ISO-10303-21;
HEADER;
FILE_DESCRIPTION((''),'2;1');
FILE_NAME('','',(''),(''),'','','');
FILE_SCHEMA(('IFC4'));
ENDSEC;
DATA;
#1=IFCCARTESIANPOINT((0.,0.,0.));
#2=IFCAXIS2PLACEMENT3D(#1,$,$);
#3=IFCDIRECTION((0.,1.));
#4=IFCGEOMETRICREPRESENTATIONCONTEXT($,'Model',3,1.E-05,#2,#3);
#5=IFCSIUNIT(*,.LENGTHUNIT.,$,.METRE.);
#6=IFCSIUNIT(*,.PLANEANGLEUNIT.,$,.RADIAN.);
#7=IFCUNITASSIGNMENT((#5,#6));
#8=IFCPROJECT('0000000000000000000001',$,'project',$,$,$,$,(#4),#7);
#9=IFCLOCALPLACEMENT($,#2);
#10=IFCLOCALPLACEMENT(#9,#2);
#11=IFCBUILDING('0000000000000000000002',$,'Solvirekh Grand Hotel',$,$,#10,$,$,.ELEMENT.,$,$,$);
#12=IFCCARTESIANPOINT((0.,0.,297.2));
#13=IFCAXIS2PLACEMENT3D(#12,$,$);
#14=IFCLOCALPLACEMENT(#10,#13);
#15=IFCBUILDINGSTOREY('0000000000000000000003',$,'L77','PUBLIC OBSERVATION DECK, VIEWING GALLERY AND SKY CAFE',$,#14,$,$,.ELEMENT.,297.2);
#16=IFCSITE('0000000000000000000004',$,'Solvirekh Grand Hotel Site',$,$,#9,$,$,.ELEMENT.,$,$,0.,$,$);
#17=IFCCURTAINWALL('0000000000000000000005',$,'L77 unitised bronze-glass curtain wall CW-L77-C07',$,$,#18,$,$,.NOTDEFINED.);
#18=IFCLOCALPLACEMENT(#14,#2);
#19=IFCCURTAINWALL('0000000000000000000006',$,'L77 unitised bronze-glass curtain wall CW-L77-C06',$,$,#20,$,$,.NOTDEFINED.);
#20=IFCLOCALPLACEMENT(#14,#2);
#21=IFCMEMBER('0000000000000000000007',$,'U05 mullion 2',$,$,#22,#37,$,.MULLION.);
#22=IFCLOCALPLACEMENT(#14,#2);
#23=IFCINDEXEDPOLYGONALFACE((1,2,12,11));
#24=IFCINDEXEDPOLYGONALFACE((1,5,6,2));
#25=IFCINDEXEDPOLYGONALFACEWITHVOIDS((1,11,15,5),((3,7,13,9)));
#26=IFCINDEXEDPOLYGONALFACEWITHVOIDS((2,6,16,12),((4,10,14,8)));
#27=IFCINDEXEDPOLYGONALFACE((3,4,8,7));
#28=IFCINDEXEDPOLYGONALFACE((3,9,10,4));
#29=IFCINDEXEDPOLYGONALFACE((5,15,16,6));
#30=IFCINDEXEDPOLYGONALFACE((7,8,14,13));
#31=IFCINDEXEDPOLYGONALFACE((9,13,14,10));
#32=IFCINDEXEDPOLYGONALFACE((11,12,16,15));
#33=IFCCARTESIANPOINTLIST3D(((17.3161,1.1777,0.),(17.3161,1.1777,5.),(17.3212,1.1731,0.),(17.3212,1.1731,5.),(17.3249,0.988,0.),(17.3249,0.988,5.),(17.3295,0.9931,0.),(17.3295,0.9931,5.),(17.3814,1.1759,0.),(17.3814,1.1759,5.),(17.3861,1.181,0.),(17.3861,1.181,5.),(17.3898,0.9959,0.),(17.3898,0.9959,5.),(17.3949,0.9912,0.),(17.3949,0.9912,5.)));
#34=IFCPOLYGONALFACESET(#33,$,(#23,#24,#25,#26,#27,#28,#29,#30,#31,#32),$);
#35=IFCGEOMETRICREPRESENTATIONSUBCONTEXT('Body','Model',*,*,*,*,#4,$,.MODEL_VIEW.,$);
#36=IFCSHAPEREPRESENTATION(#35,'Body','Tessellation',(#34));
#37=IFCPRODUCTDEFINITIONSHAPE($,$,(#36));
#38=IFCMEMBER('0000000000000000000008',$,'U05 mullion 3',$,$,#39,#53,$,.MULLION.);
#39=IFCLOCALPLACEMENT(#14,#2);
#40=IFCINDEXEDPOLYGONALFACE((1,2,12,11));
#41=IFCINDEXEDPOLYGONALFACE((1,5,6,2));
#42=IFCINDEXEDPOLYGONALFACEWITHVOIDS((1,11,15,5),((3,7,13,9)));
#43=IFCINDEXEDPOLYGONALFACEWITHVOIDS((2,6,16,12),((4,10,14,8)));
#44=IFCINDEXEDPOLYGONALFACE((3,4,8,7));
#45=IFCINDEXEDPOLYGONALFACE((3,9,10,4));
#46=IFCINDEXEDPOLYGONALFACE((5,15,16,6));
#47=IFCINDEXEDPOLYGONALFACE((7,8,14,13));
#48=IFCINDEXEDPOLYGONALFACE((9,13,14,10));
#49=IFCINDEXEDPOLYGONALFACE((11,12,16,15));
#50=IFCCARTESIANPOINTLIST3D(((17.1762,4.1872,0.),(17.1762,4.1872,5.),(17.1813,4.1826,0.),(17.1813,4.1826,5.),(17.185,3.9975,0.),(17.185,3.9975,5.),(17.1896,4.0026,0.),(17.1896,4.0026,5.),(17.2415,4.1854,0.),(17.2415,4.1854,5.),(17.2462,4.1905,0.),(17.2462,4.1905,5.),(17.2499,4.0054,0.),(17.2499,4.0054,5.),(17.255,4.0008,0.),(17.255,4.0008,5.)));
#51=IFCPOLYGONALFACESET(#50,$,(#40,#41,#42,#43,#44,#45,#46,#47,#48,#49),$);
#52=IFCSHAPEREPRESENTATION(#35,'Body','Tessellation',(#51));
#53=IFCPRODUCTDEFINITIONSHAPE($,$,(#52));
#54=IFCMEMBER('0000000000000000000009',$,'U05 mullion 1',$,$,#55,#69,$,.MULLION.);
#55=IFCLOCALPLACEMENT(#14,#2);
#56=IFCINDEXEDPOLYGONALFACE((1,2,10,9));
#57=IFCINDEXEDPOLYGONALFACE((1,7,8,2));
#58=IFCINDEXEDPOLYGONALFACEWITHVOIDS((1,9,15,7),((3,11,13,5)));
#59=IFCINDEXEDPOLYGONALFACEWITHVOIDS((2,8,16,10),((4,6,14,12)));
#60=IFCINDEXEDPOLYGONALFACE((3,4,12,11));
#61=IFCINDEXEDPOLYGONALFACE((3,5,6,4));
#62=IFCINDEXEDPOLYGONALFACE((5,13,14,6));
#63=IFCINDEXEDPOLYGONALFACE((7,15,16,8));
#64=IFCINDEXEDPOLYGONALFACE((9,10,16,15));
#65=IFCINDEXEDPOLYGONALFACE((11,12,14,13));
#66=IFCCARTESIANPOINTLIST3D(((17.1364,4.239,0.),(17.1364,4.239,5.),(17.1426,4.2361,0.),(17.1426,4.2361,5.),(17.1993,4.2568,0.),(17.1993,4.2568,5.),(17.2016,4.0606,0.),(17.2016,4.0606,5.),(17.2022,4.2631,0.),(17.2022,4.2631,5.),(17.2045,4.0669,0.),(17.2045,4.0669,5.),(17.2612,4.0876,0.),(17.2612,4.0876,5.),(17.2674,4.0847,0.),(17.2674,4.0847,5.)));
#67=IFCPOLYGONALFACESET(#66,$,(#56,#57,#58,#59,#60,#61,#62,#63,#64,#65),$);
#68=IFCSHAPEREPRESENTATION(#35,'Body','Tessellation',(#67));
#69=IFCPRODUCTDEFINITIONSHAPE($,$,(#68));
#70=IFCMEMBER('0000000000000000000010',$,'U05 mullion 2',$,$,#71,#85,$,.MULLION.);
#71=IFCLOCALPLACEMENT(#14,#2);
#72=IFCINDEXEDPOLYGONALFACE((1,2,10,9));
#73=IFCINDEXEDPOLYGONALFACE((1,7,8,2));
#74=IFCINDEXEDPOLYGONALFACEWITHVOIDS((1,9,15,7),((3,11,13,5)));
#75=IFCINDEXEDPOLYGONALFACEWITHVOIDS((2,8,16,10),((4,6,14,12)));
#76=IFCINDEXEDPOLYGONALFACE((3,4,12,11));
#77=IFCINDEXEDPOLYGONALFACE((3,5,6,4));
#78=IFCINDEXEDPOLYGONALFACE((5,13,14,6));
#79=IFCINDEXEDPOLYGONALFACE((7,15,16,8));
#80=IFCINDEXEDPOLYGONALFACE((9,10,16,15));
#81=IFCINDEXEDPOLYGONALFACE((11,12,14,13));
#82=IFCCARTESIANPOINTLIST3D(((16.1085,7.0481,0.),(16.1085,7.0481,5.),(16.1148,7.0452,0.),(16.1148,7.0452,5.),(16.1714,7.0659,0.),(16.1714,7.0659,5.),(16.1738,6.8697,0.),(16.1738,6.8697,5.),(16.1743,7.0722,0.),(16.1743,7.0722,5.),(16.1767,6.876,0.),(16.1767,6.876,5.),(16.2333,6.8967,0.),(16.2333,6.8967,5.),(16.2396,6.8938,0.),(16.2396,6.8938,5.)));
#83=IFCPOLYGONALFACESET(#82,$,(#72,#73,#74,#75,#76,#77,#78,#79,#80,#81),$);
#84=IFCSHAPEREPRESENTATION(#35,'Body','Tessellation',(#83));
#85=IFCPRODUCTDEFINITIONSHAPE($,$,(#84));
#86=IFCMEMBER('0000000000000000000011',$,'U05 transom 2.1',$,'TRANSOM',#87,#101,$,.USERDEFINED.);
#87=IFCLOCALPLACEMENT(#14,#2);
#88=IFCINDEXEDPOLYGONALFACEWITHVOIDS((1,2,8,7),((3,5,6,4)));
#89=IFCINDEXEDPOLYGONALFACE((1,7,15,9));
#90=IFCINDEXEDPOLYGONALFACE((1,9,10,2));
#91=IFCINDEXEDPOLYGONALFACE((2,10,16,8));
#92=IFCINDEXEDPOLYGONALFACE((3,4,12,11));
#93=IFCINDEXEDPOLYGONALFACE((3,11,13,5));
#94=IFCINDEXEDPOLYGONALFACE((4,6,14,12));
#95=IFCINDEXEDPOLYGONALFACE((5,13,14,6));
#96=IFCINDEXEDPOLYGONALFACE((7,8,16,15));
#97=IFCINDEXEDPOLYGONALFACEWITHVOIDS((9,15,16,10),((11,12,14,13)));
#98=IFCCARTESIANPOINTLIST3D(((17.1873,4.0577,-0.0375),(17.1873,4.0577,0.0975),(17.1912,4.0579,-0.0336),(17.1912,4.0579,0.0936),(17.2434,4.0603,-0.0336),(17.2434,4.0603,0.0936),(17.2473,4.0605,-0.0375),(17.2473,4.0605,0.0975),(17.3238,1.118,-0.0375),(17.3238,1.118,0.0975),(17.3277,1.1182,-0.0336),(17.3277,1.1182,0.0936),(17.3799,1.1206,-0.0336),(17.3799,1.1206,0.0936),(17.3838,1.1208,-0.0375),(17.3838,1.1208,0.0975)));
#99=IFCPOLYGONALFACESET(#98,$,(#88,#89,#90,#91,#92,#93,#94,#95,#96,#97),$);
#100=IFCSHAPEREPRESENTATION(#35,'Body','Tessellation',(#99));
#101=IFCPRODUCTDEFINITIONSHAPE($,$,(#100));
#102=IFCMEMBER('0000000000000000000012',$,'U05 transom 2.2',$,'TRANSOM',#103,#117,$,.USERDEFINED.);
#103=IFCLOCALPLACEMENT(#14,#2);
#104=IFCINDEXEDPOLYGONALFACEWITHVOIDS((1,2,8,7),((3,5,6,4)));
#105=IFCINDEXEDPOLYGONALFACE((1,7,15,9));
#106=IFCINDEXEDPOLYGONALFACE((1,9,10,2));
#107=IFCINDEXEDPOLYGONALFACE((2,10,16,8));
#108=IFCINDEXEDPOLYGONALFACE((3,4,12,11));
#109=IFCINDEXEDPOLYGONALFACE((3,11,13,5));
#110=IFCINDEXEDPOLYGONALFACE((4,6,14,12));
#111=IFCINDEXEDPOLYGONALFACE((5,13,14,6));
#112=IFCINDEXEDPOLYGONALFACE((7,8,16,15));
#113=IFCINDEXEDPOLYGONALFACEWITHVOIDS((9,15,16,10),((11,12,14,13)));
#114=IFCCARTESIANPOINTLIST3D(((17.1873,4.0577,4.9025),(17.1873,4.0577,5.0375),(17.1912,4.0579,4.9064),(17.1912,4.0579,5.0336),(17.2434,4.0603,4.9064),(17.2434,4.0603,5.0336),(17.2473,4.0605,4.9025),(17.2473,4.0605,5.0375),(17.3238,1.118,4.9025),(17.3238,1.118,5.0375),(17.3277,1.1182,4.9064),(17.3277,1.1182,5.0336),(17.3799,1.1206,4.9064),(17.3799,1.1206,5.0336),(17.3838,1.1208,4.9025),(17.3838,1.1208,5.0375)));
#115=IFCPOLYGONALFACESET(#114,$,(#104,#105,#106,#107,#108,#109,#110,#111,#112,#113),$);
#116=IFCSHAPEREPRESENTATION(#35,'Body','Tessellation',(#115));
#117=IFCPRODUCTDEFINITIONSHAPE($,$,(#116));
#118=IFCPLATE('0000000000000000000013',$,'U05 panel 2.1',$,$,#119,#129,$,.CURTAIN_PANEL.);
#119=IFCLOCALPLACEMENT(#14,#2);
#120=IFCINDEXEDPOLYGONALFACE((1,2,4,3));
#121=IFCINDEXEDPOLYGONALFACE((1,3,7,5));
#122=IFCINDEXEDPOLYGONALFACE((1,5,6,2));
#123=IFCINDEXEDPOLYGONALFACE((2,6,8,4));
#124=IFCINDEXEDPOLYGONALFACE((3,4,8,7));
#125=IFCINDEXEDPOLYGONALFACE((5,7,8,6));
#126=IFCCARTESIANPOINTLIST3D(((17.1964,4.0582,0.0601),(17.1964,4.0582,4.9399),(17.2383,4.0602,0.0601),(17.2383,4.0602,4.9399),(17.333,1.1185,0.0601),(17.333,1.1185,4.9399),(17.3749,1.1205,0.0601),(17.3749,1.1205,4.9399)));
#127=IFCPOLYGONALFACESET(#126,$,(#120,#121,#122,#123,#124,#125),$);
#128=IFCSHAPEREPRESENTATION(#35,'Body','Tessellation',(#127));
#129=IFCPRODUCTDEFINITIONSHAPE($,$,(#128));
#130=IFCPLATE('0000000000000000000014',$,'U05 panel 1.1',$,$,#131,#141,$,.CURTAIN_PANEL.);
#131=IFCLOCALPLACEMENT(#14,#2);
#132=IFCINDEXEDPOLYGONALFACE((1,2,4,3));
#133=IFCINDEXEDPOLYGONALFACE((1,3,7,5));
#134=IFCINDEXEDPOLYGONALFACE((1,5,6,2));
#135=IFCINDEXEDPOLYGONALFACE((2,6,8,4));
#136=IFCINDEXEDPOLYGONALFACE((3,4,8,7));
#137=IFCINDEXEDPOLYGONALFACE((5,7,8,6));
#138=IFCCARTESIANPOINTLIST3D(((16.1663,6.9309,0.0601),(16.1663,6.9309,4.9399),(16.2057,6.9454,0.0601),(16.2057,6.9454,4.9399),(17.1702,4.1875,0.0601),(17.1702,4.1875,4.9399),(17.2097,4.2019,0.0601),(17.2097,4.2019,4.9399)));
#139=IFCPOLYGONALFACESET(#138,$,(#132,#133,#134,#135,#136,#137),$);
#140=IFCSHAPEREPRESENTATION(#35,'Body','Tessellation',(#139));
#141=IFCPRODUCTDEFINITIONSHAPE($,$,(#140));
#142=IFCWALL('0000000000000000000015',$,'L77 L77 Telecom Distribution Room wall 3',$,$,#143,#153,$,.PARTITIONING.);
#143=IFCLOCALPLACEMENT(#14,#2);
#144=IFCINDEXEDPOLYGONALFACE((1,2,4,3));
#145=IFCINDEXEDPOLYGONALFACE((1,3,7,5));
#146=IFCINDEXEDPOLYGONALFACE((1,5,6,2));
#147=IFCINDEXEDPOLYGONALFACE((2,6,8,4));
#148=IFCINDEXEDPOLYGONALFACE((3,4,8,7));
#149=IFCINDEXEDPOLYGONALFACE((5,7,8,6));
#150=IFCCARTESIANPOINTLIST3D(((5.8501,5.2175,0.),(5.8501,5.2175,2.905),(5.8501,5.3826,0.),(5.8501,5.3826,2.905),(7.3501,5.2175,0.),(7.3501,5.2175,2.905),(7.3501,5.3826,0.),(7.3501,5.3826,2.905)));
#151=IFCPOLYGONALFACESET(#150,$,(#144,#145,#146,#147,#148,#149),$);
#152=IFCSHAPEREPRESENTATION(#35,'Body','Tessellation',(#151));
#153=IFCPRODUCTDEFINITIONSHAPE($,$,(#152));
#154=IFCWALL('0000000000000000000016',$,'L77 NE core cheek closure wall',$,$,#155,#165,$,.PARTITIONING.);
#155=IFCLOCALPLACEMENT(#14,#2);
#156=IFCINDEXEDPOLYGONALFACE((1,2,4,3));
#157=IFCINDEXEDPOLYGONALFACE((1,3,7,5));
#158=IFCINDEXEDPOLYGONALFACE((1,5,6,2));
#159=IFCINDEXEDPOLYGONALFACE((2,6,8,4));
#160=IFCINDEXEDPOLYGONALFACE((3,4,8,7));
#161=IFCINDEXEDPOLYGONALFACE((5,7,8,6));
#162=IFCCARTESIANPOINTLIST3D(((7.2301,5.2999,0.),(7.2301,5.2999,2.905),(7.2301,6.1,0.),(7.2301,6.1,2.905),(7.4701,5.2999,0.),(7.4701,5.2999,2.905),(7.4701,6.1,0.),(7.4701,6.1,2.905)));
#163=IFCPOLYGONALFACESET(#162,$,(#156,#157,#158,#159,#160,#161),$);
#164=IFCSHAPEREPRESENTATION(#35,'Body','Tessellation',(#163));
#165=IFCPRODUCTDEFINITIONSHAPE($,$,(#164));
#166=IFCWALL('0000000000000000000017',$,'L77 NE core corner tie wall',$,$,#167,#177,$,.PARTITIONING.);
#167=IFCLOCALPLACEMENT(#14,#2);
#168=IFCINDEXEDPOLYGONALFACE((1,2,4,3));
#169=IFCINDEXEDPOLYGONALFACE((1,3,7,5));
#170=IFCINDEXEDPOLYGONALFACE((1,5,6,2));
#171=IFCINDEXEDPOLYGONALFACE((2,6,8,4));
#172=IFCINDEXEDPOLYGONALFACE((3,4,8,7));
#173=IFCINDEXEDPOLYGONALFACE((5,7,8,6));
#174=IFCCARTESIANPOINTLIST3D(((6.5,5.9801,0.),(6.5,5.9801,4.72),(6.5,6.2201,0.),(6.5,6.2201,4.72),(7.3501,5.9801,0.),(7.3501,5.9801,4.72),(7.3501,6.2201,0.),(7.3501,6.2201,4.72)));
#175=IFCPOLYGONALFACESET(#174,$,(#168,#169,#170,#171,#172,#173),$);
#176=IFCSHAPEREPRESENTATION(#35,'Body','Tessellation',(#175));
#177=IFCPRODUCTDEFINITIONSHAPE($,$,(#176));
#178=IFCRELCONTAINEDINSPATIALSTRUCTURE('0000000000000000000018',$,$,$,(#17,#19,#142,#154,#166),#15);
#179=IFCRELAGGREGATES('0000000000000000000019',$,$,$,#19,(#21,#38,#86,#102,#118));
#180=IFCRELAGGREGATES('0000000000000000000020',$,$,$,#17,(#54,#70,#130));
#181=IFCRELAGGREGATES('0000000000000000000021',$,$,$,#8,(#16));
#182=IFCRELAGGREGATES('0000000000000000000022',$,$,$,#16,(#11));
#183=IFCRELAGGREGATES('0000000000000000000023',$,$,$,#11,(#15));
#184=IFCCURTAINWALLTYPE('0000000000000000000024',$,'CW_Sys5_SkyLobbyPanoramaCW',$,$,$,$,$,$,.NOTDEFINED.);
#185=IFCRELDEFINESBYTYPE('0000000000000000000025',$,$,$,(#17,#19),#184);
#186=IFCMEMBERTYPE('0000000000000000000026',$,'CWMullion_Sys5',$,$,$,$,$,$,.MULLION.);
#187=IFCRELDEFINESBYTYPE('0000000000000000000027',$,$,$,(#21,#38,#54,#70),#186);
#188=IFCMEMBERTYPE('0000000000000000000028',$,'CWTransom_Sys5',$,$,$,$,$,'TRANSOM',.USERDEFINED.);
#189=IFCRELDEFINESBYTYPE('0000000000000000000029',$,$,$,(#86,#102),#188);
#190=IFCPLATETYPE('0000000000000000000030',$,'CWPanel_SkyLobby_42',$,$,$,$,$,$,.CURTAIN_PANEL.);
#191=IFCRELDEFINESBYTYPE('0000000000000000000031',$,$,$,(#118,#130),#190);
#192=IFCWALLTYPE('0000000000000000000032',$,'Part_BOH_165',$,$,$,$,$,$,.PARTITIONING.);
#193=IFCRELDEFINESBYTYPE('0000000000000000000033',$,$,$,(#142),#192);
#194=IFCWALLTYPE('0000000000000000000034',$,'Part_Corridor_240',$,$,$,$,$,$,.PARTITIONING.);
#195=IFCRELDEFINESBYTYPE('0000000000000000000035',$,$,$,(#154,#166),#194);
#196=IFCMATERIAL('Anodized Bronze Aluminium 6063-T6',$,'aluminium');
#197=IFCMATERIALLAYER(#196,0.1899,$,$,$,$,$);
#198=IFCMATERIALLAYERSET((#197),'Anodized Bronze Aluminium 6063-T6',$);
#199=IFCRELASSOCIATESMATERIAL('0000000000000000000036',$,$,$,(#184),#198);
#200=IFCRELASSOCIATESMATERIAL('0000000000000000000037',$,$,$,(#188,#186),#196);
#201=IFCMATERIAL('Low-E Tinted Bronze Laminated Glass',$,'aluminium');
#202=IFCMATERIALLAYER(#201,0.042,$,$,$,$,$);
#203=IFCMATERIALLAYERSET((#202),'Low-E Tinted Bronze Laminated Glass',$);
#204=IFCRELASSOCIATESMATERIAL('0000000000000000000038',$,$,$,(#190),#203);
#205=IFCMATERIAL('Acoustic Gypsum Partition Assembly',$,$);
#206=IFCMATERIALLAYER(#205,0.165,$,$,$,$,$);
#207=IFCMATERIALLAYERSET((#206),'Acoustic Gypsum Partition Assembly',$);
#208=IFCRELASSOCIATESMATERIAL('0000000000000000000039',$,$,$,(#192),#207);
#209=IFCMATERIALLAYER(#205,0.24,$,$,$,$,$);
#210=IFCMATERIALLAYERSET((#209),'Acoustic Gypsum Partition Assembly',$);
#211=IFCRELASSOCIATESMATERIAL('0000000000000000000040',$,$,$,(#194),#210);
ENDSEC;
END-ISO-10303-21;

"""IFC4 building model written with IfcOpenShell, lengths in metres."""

from ifc_helpers import new_model, si_unit, direction, frame, frame_2d, origin, origin_2d, place, context, subcontext, project, spatial, rectangle, hollow_rectangle, extrude, source, transform, mapped, material, layer, layer_set, material_profile, profile_set, type_object, element, aggregate, save


model = new_model("IFC4")

# Units and contexts
model_context = context("Model", 3, precision=1e-05, world=origin(), true_north=direction((0.0, 1.0)))
body_context = subcontext(model_context, "Body", "Model", "MODEL_VIEW")
ifc_project = project(units=[si_unit("LENGTHUNIT", "METRE"), si_unit("PLANEANGLEUNIT", "RADIAN")], contexts=[model_context])

# Site, building, storey
site_placement = place(None, origin())
site = spatial("IfcSite", under=ifc_project, at=site_placement, Name="Solvirekh Grand Hotel Site", CompositionType="ELEMENT", RefElevation=0.0)
building_placement = place(site_placement, origin())
building = spatial("IfcBuilding", under=site, at=building_placement, Name="Solvirekh Grand Hotel", CompositionType="ELEMENT")
storey_placement = place(building_placement, frame((0.0, 0.0, 297.2)))
storey = spatial("IfcBuildingStorey", under=building, at=storey_placement, Name="L77", Description="PUBLIC OBSERVATION DECK, VIEWING GALLERY AND SKY CAFE", CompositionType="ELEMENT", Elevation=297.2)

# Curtain walls, members
ifc_material_1 = material(Name="Anodized Bronze Aluminium 6063-T6", Category="aluminium")
ifc_layer_1 = layer(ifc_material_1, 0.1899)
ifc_layer_set_1 = layer_set([ifc_layer_1], Name="Anodized Bronze Aluminium 6063-T6")
curtain_wall_type = type_object("IfcCurtainWallType", Name="CW_Sys5_SkyLobbyPanoramaCW", PredefinedType="NOTDEFINED", material=ifc_layer_set_1)
curtain_wall_1_placement = place(storey_placement, origin())
curtain_wall_1 = element("IfcCurtainWall", 1, at=curtain_wall_1_placement, inside=storey, type_object=curtain_wall_type, Name="L77 unitised bronze-glass curtain wall CW-L77-C07", PredefinedType="NOTDEFINED")
ifc_material_profile_1 = material_profile(ifc_material_1, hollow_rectangle(XDim=0.0601, YDim=0.135, WallThickness=0.0039, at=origin_2d()), Name="ALU RHS 135X60X4")
ifc_profile_set_1 = profile_set([ifc_material_profile_1], Name="Anodized Bronze Aluminium 6063-T6")
member_type_1 = type_object("IfcMemberType", Name="CWTransom_Sys5", ElementType="TRANSOM", PredefinedType="USERDEFINED", material=ifc_profile_set_1)
curtain_wall_2_placement = place(storey_placement, origin())
curtain_wall_2 = element("IfcCurtainWall", 2, at=curtain_wall_2_placement, inside=storey, type_object=curtain_wall_type, Name="L77 unitised bronze-glass curtain wall CW-L77-C06", PredefinedType="NOTDEFINED")
ifc_material_profile_2 = material_profile(ifc_material_1, hollow_rectangle(XDim=0.0701, YDim=0.1899, WallThickness=0.0049, at=origin_2d()), Name="ALU RHS 190X70X5")
ifc_profile_set_2 = profile_set([ifc_material_profile_2], Name="Anodized Bronze Aluminium 6063-T6")
member_type_2 = type_object("IfcMemberType", Name="CWMullion_Sys5", PredefinedType="MULLION", material=ifc_profile_set_2)
shared_shape_1 = source(origin(), body_context, "Body", "SweptSolid", [
    extrude(hollow_rectangle(XDim=0.0701, YDim=0.1899, WallThickness=0.0049, at=origin_2d()), origin(), (0.0, 0.0, 1.0), 5.0),
])
member_1_placement = place(storey_placement, frame((17.3555, 1.0845, 0.0), z_axis=(0.0, 0.0, 1.0), x_axis=(-0.998922, -0.046427, 0.0)))
member_1 = element("IfcMember", 3, at=member_1_placement, type_object=member_type_2, Name="U05 mullion 2", PredefinedType="MULLION", context=body_context, shape_type="MappedRepresentation", body=[
    mapped(shared_shape_1, transform((0.0, 0.0, 0.0), x_axis=(1.0, 0.0, 0.0), y_axis=(0.0, 1.0, 0.0), z_axis=(0.0, 0.0, 1.0), scale=1.0)),
])
member_2_placement = place(storey_placement, frame((17.2156, 4.094, 0.0), z_axis=(0.0, 0.0, 1.0), x_axis=(-0.998922, -0.046427, 0.0)))
member_2 = element("IfcMember", 4, at=member_2_placement, type_object=member_type_2, Name="U05 mullion 3", PredefinedType="MULLION", context=body_context, shape_type="MappedRepresentation", body=[
    mapped(shared_shape_1, transform((0.0, 0.0, 0.0), x_axis=(1.0, 0.0, 0.0), y_axis=(0.0, 1.0, 0.0), z_axis=(0.0, 0.0, 1.0), scale=1.0)),
])

# Members
member_3_placement = place(storey_placement, frame((17.2019, 4.1619, 0.0), z_axis=(0.0, 0.0, 1.0), x_axis=(-0.939097, -0.343653, 0.0)))
member_3 = element("IfcMember", 5, at=member_3_placement, type_object=member_type_2, Name="U05 mullion 1", PredefinedType="MULLION", context=body_context, shape_type="MappedRepresentation", body=[
    mapped(shared_shape_1, transform((0.0, 0.0, 0.0), x_axis=(1.0, 0.0, 0.0), y_axis=(0.0, 1.0, 0.0), z_axis=(0.0, 0.0, 1.0), scale=1.0)),
])
member_4_placement = place(storey_placement, frame((16.1741, 6.9709, 0.0), z_axis=(0.0, 0.0, 1.0), x_axis=(-0.939097, -0.343653, 0.0)))
member_4 = element("IfcMember", 6, at=member_4_placement, type_object=member_type_2, Name="U05 mullion 2", PredefinedType="MULLION", context=body_context, shape_type="MappedRepresentation", body=[
    mapped(shared_shape_1, transform((0.0, 0.0, 0.0), x_axis=(1.0, 0.0, 0.0), y_axis=(0.0, 1.0, 0.0), z_axis=(0.0, 0.0, 1.0), scale=1.0)),
])
shared_shape_2 = source(origin(), body_context, "Body", "SweptSolid", [
    extrude(hollow_rectangle(XDim=0.0601, YDim=0.135, WallThickness=0.0039, at=origin_2d()), origin(), (0.0, 0.0, 1.0), 2.9429),
])
member_5_placement = place(storey_placement, frame((17.3538, 1.1194, 0.03), z_axis=(-0.046375, 0.998924, 0.0), x_axis=(-0.998924, -0.046375, 0.0)))
member_5 = element("IfcMember", 7, at=member_5_placement, type_object=member_type_1, Name="U05 transom 2.1", ObjectType="TRANSOM", PredefinedType="USERDEFINED", context=body_context, shape_type="MappedRepresentation", body=[
    mapped(shared_shape_2, transform((0.0, 0.0, 0.0), x_axis=(1.0, 0.0, 0.0), y_axis=(0.0, 1.0, 0.0), z_axis=(0.0, 0.0, 1.0), scale=1.0)),
])
member_6_placement = place(storey_placement, frame((17.3538, 1.1194, 4.97), z_axis=(-0.046375, 0.998924, 0.0), x_axis=(-0.998924, -0.046375, 0.0)))
member_6 = element("IfcMember", 8, at=member_6_placement, type_object=member_type_1, Name="U05 transom 2.2", ObjectType="TRANSOM", PredefinedType="USERDEFINED", context=body_context, shape_type="MappedRepresentation", body=[
    mapped(shared_shape_2, transform((0.0, 0.0, 0.0), x_axis=(1.0, 0.0, 0.0), y_axis=(0.0, 1.0, 0.0), z_axis=(0.0, 0.0, 1.0), scale=1.0)),
])

# Plates
ifc_material_2 = material(Name="Low-E Tinted Bronze Laminated Glass", Category="aluminium")
ifc_layer_2 = layer(ifc_material_2, 0.042)
ifc_layer_set_2 = layer_set([ifc_layer_2], Name="Low-E Tinted Bronze Laminated Glass")
plate_type = type_object("IfcPlateType", Name="CWPanel_SkyLobby_42", PredefinedType="CURTAIN_PANEL", material=ifc_layer_set_2)
shared_shape_3 = source(origin(), body_context, "Body", "SweptSolid", [
    extrude(rectangle(XDim=2.9429, YDim=0.042, at=origin_2d()), origin(), (0.0, 0.0, 1.0), 4.8799),
])
plate_1_placement = place(storey_placement, frame((17.2856, 2.5894, 0.0601), z_axis=(0.0, 0.0, 1.0), x_axis=(-0.046427, 0.998922, 0.0)))
plate_1 = element("IfcPlate", 9, at=plate_1_placement, type_object=plate_type, Name="U05 panel 2.1", PredefinedType="CURTAIN_PANEL", context=body_context, shape_type="MappedRepresentation", body=[
    mapped(shared_shape_3, transform((0.0, 0.0, 0.0), x_axis=(1.0, 0.0, 0.0), y_axis=(0.0, 1.0, 0.0), z_axis=(0.0, 0.0, 1.0), scale=1.0)),
])
aggregate(curtain_wall_2, [member_1, member_2, member_5, member_6, plate_1])
shared_shape_4 = source(origin(), body_context, "Body", "SweptSolid", [
    extrude(rectangle(XDim=2.9214, YDim=0.042, at=origin_2d()), origin(), (0.0, 0.0, 1.0), 4.8799),
])
plate_2_placement = place(storey_placement, frame((16.688, 5.5664, 0.0601), z_axis=(0.0, 0.0, 1.0), x_axis=(-0.343653, 0.939097, 0.0)))
plate_2 = element("IfcPlate", 10, at=plate_2_placement, type_object=plate_type, Name="U05 panel 1.1", PredefinedType="CURTAIN_PANEL", context=body_context, shape_type="MappedRepresentation", body=[
    mapped(shared_shape_4, transform((0.0, 0.0, 0.0), x_axis=(1.0, 0.0, 0.0), y_axis=(0.0, 1.0, 0.0), z_axis=(0.0, 0.0, 1.0), scale=1.0)),
])
aggregate(curtain_wall_1, [member_3, member_4, plate_2])

# Shared definitions
ifc_material_3 = material(Name="Acoustic Gypsum Partition Assembly")
ifc_layer_3 = layer(ifc_material_3, 0.165)
ifc_layer_set_3 = layer_set([ifc_layer_3], Name="Acoustic Gypsum Partition Assembly")
wall_type_1 = type_object("IfcWallType", Name="Part_BOH_165", PredefinedType="PARTITIONING", material=ifc_layer_set_3)

# Walls
wall_1_placement = place(storey_placement, frame((7.3501, 5.3, 0.0), z_axis=(0.0, 0.0, 1.0), x_axis=(-1.0, 0.0, 0.0)))
element("IfcWall", 11, at=wall_1_placement, inside=storey, type_object=wall_type_1, Name="L77 L77 Telecom Distribution Room wall 3", PredefinedType="PARTITIONING", context=body_context, shape_type="SweptSolid", body=[
    extrude(rectangle(XDim=1.5, YDim=0.165, at=frame_2d((0.75, 0.0))), origin(), (0.0, 0.0, 1.0), 2.905),
])
ifc_layer_4 = layer(ifc_material_3, 0.24)
ifc_layer_set_4 = layer_set([ifc_layer_4], Name="Acoustic Gypsum Partition Assembly")
wall_type_2 = type_object("IfcWallType", Name="Part_Corridor_240", PredefinedType="PARTITIONING", material=ifc_layer_set_4)
wall_2_placement = place(storey_placement, frame((7.3501, 5.3, 0.0), z_axis=(0.0, 0.0, 1.0), x_axis=(0.0, 1.0, 0.0)))
element("IfcWall", 12, at=wall_2_placement, inside=storey, type_object=wall_type_2, Name="L77 NE core cheek closure wall", PredefinedType="PARTITIONING", context=body_context, shape_type="SweptSolid", body=[
    extrude(rectangle(XDim=0.8, YDim=0.24, at=frame_2d((0.3999, 0.0))), origin(), (0.0, 0.0, 1.0), 2.905),
])
wall_3_placement = place(storey_placement, frame((6.5, 6.1001, 0.0), z_axis=(0.0, 0.0, 1.0), x_axis=(1.0, 0.0, 0.0)))
element("IfcWall", 13, at=wall_3_placement, inside=storey, type_object=wall_type_2, Name="L77 NE core corner tie wall", PredefinedType="PARTITIONING", context=body_context, shape_type="SweptSolid", body=[
    extrude(rectangle(XDim=0.8501, YDim=0.24, at=frame_2d((0.425, 0.0))), origin(), (0.0, 0.0, 1.0), 4.72),
])

save(model, "model.ifc")
